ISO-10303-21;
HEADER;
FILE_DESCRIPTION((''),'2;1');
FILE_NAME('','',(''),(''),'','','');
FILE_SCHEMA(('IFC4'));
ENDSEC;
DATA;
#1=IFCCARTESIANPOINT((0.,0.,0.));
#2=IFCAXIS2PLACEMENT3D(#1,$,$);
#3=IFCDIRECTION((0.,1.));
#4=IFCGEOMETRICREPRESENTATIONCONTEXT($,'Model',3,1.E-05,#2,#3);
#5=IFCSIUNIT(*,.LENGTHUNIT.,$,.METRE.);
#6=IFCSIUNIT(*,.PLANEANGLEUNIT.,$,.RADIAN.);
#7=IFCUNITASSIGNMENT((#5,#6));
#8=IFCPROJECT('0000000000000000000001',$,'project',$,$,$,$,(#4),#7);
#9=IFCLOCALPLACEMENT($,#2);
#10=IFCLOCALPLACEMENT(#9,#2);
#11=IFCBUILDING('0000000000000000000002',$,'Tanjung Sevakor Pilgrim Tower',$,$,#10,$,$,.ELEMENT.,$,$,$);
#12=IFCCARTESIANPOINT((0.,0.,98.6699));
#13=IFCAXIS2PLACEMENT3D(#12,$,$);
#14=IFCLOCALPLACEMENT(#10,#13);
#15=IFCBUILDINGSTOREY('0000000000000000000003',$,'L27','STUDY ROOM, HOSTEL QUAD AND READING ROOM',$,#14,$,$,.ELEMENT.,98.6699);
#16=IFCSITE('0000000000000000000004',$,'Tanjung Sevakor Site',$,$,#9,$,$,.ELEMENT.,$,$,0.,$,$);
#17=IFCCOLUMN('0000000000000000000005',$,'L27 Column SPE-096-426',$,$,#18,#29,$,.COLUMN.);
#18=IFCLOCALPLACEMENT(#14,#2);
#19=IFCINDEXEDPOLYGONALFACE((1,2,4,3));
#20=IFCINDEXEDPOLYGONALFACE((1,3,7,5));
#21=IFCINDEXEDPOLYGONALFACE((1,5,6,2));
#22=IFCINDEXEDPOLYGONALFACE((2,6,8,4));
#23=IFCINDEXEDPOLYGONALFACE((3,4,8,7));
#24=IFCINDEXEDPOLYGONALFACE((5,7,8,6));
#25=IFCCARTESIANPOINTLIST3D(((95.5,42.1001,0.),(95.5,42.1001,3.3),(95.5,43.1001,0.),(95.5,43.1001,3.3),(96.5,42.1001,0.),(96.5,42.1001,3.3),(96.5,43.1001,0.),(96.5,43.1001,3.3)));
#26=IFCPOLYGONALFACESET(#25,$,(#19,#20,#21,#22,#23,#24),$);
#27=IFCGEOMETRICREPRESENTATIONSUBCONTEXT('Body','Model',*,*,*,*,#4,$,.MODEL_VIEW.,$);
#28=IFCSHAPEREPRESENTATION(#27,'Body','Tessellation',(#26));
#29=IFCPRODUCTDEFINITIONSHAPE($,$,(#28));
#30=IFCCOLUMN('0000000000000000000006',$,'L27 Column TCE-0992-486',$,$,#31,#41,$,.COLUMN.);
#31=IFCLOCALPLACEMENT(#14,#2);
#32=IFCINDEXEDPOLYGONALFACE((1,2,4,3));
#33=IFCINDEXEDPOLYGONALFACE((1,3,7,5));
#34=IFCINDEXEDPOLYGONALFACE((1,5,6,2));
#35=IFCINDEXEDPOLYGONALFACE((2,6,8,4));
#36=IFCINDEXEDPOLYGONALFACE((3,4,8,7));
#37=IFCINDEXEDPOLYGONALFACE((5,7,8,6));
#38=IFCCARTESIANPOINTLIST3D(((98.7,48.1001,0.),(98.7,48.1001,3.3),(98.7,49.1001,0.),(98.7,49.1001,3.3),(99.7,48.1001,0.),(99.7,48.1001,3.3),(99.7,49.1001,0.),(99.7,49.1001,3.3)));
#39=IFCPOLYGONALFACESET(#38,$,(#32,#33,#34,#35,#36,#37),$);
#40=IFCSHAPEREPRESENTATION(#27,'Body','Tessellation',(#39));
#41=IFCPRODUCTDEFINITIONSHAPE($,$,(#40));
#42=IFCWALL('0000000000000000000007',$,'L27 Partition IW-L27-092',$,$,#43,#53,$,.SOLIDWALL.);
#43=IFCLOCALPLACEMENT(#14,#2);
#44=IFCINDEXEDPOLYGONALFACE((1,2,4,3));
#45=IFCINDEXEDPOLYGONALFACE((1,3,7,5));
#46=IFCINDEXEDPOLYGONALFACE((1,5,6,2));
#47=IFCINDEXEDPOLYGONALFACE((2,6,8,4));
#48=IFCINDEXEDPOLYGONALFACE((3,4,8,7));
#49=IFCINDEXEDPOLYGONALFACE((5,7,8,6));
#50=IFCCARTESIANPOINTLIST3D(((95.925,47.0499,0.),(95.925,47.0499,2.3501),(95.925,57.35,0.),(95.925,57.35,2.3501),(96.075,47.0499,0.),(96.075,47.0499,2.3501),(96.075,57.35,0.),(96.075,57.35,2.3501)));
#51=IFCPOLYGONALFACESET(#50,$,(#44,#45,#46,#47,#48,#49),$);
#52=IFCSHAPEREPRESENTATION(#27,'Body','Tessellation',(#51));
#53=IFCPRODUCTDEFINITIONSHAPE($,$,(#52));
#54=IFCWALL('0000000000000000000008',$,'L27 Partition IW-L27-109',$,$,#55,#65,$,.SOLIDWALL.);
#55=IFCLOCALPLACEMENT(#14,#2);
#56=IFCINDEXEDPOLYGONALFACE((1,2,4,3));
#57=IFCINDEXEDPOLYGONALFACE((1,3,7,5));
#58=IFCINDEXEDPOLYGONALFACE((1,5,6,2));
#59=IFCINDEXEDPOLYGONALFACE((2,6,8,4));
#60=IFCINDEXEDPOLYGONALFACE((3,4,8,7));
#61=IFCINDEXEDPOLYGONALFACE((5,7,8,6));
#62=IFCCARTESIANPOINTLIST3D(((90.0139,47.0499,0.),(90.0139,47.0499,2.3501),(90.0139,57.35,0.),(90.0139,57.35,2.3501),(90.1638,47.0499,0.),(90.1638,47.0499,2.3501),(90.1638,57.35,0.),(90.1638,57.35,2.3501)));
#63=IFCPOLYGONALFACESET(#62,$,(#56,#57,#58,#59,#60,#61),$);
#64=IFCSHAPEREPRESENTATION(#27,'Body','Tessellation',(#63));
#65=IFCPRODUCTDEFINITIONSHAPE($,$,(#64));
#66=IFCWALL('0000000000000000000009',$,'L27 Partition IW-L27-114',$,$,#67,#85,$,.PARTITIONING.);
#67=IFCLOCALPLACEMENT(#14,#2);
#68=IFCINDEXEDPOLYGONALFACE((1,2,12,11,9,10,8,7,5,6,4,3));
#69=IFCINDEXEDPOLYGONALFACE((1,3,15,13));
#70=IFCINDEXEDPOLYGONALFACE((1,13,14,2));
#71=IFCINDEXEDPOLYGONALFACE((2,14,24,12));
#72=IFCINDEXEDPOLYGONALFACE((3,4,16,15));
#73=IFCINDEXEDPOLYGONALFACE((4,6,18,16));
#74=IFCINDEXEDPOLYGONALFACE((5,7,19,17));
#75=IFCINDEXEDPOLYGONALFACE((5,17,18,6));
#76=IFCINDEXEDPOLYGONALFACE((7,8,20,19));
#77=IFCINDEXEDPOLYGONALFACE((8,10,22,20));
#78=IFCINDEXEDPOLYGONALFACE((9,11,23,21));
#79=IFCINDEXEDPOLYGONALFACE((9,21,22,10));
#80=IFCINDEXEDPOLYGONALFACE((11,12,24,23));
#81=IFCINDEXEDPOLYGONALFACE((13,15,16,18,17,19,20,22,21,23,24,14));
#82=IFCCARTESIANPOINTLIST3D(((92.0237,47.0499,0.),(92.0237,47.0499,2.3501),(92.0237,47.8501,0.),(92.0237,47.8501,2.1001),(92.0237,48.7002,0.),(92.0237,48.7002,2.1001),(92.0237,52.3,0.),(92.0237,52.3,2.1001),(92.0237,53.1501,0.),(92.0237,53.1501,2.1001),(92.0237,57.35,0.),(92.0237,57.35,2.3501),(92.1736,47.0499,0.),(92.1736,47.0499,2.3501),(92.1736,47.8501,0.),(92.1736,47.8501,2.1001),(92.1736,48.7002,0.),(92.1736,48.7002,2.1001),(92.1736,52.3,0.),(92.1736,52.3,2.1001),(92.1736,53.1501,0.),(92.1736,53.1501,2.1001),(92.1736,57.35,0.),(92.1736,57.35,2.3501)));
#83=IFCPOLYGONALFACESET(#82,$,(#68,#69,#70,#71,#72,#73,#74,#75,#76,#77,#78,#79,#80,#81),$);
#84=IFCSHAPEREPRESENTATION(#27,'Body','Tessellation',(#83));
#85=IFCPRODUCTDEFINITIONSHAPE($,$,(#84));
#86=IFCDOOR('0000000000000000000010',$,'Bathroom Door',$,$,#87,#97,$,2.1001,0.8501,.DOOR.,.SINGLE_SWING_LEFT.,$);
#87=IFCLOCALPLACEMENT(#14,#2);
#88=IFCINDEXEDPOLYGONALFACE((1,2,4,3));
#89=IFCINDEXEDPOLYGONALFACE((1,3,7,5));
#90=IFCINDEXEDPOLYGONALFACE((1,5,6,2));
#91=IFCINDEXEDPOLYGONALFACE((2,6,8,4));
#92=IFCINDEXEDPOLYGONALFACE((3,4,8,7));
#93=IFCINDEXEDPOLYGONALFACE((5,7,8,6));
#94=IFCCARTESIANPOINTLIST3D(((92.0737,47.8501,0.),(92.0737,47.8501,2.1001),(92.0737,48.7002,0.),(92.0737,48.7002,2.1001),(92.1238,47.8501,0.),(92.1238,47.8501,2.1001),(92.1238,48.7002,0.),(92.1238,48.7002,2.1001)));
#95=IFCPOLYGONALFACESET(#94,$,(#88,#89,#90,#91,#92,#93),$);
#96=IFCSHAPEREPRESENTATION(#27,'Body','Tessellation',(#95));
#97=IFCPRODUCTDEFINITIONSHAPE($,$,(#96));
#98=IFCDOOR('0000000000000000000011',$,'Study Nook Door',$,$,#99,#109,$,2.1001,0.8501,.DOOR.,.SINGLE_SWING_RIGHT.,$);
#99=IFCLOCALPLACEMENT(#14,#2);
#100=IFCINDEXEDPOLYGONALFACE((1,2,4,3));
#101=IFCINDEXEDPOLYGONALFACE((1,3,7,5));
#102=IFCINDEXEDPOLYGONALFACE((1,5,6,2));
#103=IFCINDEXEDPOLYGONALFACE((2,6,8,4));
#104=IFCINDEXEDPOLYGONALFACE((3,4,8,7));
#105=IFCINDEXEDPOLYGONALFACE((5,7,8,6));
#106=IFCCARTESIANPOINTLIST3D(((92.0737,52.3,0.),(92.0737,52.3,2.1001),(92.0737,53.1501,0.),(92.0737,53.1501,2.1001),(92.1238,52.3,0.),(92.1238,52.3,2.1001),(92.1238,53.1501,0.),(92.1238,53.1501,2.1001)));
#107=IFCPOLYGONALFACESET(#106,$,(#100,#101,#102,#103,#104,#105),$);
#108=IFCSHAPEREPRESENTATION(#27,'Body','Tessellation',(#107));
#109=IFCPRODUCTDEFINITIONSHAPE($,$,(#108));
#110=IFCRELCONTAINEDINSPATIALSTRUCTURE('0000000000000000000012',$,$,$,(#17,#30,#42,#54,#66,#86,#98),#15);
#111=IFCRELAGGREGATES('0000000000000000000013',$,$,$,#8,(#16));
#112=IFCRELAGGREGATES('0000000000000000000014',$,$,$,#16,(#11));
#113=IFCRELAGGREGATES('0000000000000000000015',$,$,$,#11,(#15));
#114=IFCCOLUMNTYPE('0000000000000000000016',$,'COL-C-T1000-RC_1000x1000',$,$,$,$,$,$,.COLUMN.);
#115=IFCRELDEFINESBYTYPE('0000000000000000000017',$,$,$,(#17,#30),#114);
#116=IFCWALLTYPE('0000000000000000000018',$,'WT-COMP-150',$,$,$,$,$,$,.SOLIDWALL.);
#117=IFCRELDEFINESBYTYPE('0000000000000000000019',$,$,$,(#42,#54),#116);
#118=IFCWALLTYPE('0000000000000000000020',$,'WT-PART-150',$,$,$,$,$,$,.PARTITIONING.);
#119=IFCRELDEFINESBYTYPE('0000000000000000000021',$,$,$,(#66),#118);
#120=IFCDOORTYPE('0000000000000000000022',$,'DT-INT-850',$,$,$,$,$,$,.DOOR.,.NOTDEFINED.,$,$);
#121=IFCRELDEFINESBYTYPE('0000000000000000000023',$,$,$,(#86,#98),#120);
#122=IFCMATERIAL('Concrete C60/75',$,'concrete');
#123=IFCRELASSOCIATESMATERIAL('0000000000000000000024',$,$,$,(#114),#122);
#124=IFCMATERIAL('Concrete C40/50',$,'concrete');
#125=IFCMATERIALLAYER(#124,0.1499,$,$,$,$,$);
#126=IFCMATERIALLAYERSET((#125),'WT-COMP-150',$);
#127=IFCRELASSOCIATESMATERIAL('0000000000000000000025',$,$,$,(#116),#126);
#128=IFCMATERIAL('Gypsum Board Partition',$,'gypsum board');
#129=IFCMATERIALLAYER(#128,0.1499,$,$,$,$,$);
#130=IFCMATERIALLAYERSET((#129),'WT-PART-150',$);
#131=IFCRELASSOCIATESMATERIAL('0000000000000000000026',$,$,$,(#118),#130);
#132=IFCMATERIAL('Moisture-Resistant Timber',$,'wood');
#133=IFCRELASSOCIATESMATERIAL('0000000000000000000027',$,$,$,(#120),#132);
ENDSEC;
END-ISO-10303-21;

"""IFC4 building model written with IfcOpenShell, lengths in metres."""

from ifc_helpers import new_model, si_unit, direction, frame, frame_2d, origin, origin_2d, place, context, subcontext, project, spatial, rectangle, extrude, material, layer, layer_set, material_profile, profile_set, type_object, element, fill, save


model = new_model("IFC4")

# Units and contexts
model_context = context("Model", 3, precision=1e-05, world=origin(), true_north=direction((0.0, 1.0)))
body_context = subcontext(model_context, "Body", "Model", "MODEL_VIEW")
ifc_project = project(units=[si_unit("LENGTHUNIT", "METRE"), si_unit("PLANEANGLEUNIT", "RADIAN")], contexts=[model_context])

# Site, building, storey
site_placement = place(None, origin())
site = spatial("IfcSite", under=ifc_project, at=site_placement, Name="Tanjung Sevakor Site", CompositionType="ELEMENT", RefElevation=0.0)
building_placement = place(site_placement, origin())
building = spatial("IfcBuilding", under=site, at=building_placement, Name="Tanjung Sevakor Pilgrim Tower", CompositionType="ELEMENT")
storey_placement = place(building_placement, frame((0.0, 0.0, 98.6699)))
storey = spatial("IfcBuildingStorey", under=building, at=storey_placement, Name="L27", Description="STUDY ROOM, HOSTEL QUAD AND READING ROOM", CompositionType="ELEMENT", Elevation=98.6699)

# Columns
ifc_material_1 = material(Name="Concrete C60/75", Category="concrete")
ifc_material_profile = material_profile(ifc_material_1, rectangle(XDim=1.0, YDim=1.0, at=origin_2d()))
ifc_profile_set = profile_set([ifc_material_profile], Name="Concrete C60/75")
column_type = type_object("IfcColumnType", Name="COL-C-T1000-RC_1000x1000", PredefinedType="COLUMN", material=ifc_profile_set)
for number, where, z_axis, x_axis, name in (
    (1, (96.0, 42.6001, 0.0), (0.0, 0.0, 1.0), (1.0, 0.0, 0.0), "L27 Column SPE-096-426"),
    (2, (99.2, 48.6001, 0.0), (0.0, 0.0, 1.0), (1.0, 0.0, 0.0), "L27 Column TCE-0992-486"),
):
    element("IfcColumn", number, at=place(storey_placement, frame(where, z_axis=z_axis, x_axis=x_axis)), inside=storey, type_object=column_type, Name=name, PredefinedType="COLUMN", context=body_context, shape_type="SweptSolid", body=[
        extrude(rectangle(XDim=1.0, YDim=1.0, at=origin_2d()), origin(), (0.0, 0.0, 1.0), 3.3),
    ])

# Walls
ifc_material_2 = material(Name="Concrete C40/50", Category="concrete")
ifc_layer_1 = layer(ifc_material_2, 0.1499)
ifc_layer_set_1 = layer_set([ifc_layer_1], Name="WT-COMP-150")
wall_type_1 = type_object("IfcWallType", Name="WT-COMP-150", PredefinedType="SOLIDWALL", material=ifc_layer_set_1)
for number, where, z_axis, x_axis, name in (
    (3, (96.0, 47.05, 0.0), (0.0, 0.0, 1.0), (0.0, 1.0, 0.0), "L27 Partition IW-L27-092"),
    (4, (90.0889, 47.05, 0.0), (0.0, 0.0, 1.0), (0.0, 1.0, 0.0), "L27 Partition IW-L27-109"),
):
    element("IfcWall", number, at=place(storey_placement, frame(where, z_axis=z_axis, x_axis=x_axis)), inside=storey, type_object=wall_type_1, Name=name, PredefinedType="SOLIDWALL", context=body_context, shape_type="SweptSolid", body=[
        extrude(rectangle(XDim=10.3, YDim=0.1499, at=frame_2d((5.1499, 0.0))), origin(), (0.0, 0.0, 1.0), 2.3501),
    ])

# Wall, openings, doors
ifc_material_3 = material(Name="Gypsum Board Partition", Category="gypsum board")
ifc_layer_2 = layer(ifc_material_3, 0.1499)
ifc_layer_set_2 = layer_set([ifc_layer_2], Name="WT-PART-150")
wall_type_2 = type_object("IfcWallType", Name="WT-PART-150", PredefinedType="PARTITIONING", material=ifc_layer_set_2)
wall_1_placement = place(storey_placement, frame((92.0986, 47.05, 0.0), z_axis=(0.0, 0.0, 1.0), x_axis=(0.0, 1.0, 0.0)))
wall_1 = element("IfcWall", 5, at=wall_1_placement, inside=storey, type_object=wall_type_2, Name="L27 Partition IW-L27-114", PredefinedType="PARTITIONING", context=body_context, shape_type="SweptSolid", body=[
    extrude(rectangle(XDim=10.3, YDim=0.1499, at=frame_2d((5.1499, 0.0))), origin(), (0.0, 0.0, 1.0), 2.3501),
])
opening_1_placement = place(wall_1_placement, frame((0.8, 0.0, 0.0)))
opening_1 = element("IfcOpeningElement", 6, at=opening_1_placement, cuts=wall_1, PredefinedType="OPENING", context=body_context, shape_type="SweptSolid", body=[
    extrude(rectangle(XDim=0.8501, YDim=2.1001, at=frame_2d((0.425, 1.05))), frame((0.0, 0.085, 0.0), z_axis=(0.0, -1.0, 0.0), x_axis=(1.0, 0.0, 0.0)), (0.0, 0.0, 1.0), 0.1699),
])
opening_2_placement = place(wall_1_placement, frame((5.25, 0.0, 0.0)))
opening_2 = element("IfcOpeningElement", 7, at=opening_2_placement, cuts=wall_1, PredefinedType="OPENING", context=body_context, shape_type="SweptSolid", body=[
    extrude(rectangle(XDim=0.8501, YDim=2.1001, at=frame_2d((0.425, 1.05))), frame((0.0, 0.085, 0.0), z_axis=(0.0, -1.0, 0.0), x_axis=(1.0, 0.0, 0.0)), (0.0, 0.0, 1.0), 0.1699),
])
ifc_material_4 = material(Name="Moisture-Resistant Timber", Category="wood")
door_type_1 = type_object("IfcDoorType", Name="DT-INT-850", OperationType="NOTDEFINED", PredefinedType="DOOR", material=ifc_material_4)
door_1_placement = place(opening_1_placement, origin())
door_1 = element("IfcDoor", 8, at=door_1_placement, inside=storey, type_object=door_type_1, Name="Bathroom Door", OperationType="SINGLE_SWING_LEFT", OverallHeight=2.1001, OverallWidth=0.8501, PredefinedType="DOOR", context=body_context, shape_type="SweptSolid", body=[
    extrude(rectangle(XDim=0.8501, YDim=2.1001, at=frame_2d((0.425, 1.05))), frame((0.0, 0.0249, 0.0), z_axis=(0.0, -1.0, 0.0), x_axis=(1.0, 0.0, 0.0)), (0.0, 0.0, 1.0), 0.05),
])
fill(opening_1, door_1)
door_2_placement = place(opening_2_placement, origin())
door_2 = element("IfcDoor", 9, at=door_2_placement, inside=storey, type_object=door_type_1, Name="Study Nook Door", OperationType="SINGLE_SWING_RIGHT", OverallHeight=2.1001, OverallWidth=0.8501, PredefinedType="DOOR", context=body_context, shape_type="SweptSolid", body=[
    extrude(rectangle(XDim=0.8501, YDim=2.1001, at=frame_2d((0.425, 1.05))), frame((0.0, 0.0249, 0.0), z_axis=(0.0, -1.0, 0.0), x_axis=(1.0, 0.0, 0.0)), (0.0, 0.0, 1.0), 0.05),
])
fill(opening_2, door_2)

save(model, "model.ifc")
